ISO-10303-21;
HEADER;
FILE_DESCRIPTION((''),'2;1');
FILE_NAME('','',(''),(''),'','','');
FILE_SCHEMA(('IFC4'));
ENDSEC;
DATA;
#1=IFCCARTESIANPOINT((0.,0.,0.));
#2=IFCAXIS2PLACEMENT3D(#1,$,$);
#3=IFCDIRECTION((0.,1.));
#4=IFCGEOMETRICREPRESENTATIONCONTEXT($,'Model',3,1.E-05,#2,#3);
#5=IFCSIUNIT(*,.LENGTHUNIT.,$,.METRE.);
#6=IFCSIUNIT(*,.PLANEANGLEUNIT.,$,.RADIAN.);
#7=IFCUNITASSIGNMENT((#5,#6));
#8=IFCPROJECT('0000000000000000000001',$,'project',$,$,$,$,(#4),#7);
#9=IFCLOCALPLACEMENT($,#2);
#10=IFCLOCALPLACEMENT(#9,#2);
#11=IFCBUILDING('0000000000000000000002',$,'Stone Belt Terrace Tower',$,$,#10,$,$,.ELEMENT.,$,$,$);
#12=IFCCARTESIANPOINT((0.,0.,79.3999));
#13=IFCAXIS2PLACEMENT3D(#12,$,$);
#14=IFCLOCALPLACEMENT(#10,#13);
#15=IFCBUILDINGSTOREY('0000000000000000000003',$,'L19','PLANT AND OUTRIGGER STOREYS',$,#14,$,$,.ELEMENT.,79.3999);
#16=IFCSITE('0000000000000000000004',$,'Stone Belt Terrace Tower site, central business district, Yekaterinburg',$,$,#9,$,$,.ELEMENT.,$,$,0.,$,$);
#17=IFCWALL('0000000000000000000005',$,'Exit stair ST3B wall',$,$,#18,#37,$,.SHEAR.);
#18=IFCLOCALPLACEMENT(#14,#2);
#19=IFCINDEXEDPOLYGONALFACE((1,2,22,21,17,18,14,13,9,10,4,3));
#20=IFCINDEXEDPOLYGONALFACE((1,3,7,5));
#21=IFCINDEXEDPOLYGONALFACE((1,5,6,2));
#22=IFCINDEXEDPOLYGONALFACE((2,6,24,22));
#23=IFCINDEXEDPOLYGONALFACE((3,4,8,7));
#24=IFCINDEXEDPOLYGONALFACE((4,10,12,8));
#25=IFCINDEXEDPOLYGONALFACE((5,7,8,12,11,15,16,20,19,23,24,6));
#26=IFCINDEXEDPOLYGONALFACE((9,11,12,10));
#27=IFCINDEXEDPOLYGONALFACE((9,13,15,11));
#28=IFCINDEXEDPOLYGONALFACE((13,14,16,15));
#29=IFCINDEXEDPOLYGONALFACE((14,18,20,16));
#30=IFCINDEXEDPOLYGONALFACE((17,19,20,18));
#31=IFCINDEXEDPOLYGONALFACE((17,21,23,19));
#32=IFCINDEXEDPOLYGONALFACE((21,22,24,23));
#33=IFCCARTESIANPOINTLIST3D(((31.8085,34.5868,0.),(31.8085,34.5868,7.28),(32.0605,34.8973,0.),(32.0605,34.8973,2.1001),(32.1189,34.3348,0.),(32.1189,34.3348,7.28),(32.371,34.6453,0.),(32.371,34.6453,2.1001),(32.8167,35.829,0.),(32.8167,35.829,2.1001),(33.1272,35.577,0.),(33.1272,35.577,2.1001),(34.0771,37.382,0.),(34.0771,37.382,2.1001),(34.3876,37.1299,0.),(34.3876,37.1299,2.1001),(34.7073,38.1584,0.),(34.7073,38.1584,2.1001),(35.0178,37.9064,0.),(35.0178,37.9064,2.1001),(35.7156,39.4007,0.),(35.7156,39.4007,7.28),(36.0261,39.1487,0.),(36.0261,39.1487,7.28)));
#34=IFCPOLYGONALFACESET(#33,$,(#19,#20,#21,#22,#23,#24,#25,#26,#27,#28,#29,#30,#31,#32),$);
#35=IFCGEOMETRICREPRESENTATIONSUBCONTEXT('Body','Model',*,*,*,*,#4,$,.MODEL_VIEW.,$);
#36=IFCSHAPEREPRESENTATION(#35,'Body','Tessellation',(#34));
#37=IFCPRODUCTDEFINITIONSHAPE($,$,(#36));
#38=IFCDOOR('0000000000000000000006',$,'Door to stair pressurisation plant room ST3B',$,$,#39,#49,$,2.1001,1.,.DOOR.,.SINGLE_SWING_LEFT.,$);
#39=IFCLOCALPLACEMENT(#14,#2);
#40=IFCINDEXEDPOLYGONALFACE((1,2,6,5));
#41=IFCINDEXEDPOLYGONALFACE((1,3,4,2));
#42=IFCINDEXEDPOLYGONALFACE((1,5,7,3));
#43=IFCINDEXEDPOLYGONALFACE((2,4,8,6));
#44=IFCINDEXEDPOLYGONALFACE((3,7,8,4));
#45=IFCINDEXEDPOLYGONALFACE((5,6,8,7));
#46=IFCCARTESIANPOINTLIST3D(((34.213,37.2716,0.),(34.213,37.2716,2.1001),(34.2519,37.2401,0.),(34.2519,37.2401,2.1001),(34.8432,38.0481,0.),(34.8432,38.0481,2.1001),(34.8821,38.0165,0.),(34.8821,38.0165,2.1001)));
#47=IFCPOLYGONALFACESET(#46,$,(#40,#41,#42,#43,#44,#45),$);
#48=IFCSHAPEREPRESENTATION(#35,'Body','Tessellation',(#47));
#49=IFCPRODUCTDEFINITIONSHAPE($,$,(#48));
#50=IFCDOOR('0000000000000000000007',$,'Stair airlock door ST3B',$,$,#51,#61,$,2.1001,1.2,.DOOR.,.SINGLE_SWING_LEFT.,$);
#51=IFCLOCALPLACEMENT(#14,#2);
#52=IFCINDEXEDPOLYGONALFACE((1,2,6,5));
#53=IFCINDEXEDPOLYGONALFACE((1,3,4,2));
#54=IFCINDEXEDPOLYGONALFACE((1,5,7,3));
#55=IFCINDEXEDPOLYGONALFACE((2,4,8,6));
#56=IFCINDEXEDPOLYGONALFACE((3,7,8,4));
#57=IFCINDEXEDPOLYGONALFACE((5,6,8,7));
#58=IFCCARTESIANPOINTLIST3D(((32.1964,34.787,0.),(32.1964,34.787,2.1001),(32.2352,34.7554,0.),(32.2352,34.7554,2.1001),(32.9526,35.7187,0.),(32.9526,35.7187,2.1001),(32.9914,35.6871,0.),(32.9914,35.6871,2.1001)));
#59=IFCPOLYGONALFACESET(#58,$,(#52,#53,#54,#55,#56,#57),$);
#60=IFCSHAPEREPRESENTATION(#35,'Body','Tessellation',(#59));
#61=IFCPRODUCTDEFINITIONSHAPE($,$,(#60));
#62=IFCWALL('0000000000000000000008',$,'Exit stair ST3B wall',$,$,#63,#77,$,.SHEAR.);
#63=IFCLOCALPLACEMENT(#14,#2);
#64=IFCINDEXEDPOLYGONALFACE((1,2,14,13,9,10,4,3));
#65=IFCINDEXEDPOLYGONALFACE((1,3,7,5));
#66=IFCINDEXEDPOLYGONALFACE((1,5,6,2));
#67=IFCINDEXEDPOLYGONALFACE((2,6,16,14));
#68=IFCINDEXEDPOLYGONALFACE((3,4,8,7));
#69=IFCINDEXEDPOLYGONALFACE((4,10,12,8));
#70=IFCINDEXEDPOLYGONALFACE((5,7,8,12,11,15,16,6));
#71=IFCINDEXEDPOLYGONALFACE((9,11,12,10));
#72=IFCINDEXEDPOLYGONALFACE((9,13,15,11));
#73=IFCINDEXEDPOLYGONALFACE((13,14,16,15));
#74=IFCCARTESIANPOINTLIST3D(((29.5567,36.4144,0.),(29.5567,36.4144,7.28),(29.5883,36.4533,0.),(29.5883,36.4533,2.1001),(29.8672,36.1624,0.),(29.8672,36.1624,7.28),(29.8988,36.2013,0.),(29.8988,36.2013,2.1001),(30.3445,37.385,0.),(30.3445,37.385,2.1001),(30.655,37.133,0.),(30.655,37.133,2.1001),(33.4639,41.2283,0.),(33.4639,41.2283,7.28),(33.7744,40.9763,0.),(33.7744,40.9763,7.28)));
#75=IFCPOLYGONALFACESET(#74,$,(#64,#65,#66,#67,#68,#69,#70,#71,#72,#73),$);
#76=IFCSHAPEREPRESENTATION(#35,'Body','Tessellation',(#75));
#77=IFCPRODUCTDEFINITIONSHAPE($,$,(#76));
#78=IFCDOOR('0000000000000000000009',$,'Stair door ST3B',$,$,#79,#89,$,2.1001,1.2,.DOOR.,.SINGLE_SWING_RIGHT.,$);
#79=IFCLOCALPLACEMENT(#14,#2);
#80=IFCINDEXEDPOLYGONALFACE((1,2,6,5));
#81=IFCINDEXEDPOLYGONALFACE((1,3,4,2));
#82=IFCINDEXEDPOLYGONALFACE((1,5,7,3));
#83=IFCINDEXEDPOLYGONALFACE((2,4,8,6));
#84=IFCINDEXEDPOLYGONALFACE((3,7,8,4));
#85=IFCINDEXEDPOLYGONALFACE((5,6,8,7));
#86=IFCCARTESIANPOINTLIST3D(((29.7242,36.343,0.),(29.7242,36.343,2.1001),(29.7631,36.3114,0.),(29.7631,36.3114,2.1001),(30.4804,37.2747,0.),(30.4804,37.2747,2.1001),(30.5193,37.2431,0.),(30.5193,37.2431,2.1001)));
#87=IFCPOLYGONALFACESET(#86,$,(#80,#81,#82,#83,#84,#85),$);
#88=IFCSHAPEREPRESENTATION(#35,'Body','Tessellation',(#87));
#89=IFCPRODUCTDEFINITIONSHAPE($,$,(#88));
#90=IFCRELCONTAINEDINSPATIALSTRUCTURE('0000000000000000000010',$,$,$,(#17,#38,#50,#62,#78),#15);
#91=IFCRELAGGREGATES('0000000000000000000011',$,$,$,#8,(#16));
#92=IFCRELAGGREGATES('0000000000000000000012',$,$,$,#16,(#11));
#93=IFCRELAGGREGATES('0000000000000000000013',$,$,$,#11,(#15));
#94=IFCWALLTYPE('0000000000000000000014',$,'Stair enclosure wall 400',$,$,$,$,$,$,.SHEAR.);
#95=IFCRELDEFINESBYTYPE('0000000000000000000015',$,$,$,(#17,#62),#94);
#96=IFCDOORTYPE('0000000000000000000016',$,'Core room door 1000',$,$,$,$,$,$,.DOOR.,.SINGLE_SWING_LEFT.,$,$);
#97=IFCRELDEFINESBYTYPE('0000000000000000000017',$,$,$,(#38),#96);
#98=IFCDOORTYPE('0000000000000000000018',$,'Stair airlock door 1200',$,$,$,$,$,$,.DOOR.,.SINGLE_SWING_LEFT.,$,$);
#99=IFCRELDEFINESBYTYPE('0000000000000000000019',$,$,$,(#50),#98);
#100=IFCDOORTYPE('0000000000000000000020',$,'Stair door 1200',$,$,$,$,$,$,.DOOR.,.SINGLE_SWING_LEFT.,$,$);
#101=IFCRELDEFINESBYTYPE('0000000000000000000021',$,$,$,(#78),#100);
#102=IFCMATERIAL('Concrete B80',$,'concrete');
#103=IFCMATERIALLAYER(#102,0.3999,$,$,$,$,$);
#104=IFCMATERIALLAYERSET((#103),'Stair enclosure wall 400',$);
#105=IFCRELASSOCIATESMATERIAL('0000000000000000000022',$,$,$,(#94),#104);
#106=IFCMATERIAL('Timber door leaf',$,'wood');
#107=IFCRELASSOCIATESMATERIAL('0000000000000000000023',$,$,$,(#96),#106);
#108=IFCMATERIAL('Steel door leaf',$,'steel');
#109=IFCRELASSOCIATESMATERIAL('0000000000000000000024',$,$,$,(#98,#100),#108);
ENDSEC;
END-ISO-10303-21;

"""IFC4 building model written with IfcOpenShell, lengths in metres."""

from ifc_helpers import new_model, si_unit, direction, frame, frame_2d, origin, place, context, subcontext, project, spatial, rectangle, extrude, material, layer, layer_set, type_object, element, fill, save


model = new_model("IFC4")

# Units and contexts
model_context = context("Model", 3, precision=1e-05, world=origin(), true_north=direction((0.0, 1.0)))
body_context = subcontext(model_context, "Body", "Model", "MODEL_VIEW")
ifc_project = project(units=[si_unit("LENGTHUNIT", "METRE"), si_unit("PLANEANGLEUNIT", "RADIAN")], contexts=[model_context])

# Site, building, storey
site_placement = place(None, origin())
site = spatial("IfcSite", under=ifc_project, at=site_placement, Name="Stone Belt Terrace Tower site, central business district, Yekaterinburg", CompositionType="ELEMENT", RefElevation=0.0)
building_placement = place(site_placement, origin())
building = spatial("IfcBuilding", under=site, at=building_placement, Name="Stone Belt Terrace Tower", CompositionType="ELEMENT")
storey_placement = place(building_placement, frame((0.0, 0.0, 79.3999)))
storey = spatial("IfcBuildingStorey", under=building, at=storey_placement, Name="L19", Description="PLANT AND OUTRIGGER STOREYS", CompositionType="ELEMENT", Elevation=79.3999)

# Shared definitions
ifc_material_1 = material(Name="Concrete B80", Category="concrete")

# Wall, openings, doors
ifc_layer_1 = layer(ifc_material_1, 0.3999)
ifc_layer_set_1 = layer_set([ifc_layer_1], Name="Stair enclosure wall 400")
wall_type_1 = type_object("IfcWallType", Name="Stair enclosure wall 400", PredefinedType="SHEAR", material=ifc_layer_set_1)
wall_1_placement = place(storey_placement, frame((31.9636, 34.4607, 0.0), z_axis=(0.0, 0.0, 1.0), x_axis=(0.630192, 0.776439, 0.0)))
wall_1 = element("IfcWall", 1, at=wall_1_placement, inside=storey, type_object=wall_type_1, Name="Exit stair ST3B wall", PredefinedType="SHEAR", context=body_context, shape_type="SweptSolid", body=[
    extrude(rectangle(XDim=6.2, YDim=0.3999, at=frame_2d((3.1001, 0.0))), origin(), (0.0, 0.0, 1.0), 7.28),
])
opening_1_placement = place(wall_1_placement, frame((0.3999, 0.0, 0.0)))
opening_1 = element("IfcOpeningElement", 2, at=opening_1_placement, cuts=wall_1, PredefinedType="OPENING", context=body_context, shape_type="SweptSolid", body=[
    extrude(rectangle(XDim=1.2, YDim=2.1001, at=frame_2d((0.6001, 1.05))), frame((0.0, 0.21, 0.0), z_axis=(0.0, -1.0, 0.0), x_axis=(1.0, 0.0, 0.0)), (0.0, 0.0, 1.0), 0.4199),
])
opening_2_placement = place(wall_1_placement, frame((3.6001, 0.0, 0.0)))
opening_2 = element("IfcOpeningElement", 3, at=opening_2_placement, cuts=wall_1, PredefinedType="OPENING", context=body_context, shape_type="SweptSolid", body=[
    extrude(rectangle(XDim=1.0, YDim=2.1001, at=frame_2d((0.5, 1.05))), frame((0.0, 0.21, 0.0), z_axis=(0.0, -1.0, 0.0), x_axis=(1.0, 0.0, 0.0)), (0.0, 0.0, 1.0), 0.4199),
])
ifc_material_2 = material(Name="Timber door leaf", Category="wood")
door_type_1 = type_object("IfcDoorType", Name="Core room door 1000", OperationType="SINGLE_SWING_LEFT", PredefinedType="DOOR", material=ifc_material_2)
door_1_placement = place(opening_2_placement, origin())
door_1 = element("IfcDoor", 4, at=door_1_placement, inside=storey, type_object=door_type_1, Name="Door to stair pressurisation plant room ST3B", OperationType="SINGLE_SWING_LEFT", OverallHeight=2.1001, OverallWidth=1.0, PredefinedType="DOOR", context=body_context, shape_type="SweptSolid", body=[
    extrude(rectangle(XDim=1.0, YDim=2.1001, at=frame_2d((0.5, 1.05))), frame((0.0, 0.0249, 0.0), z_axis=(0.0, -1.0, 0.0), x_axis=(1.0, 0.0, 0.0)), (0.0, 0.0, 1.0), 0.05),
])
fill(opening_2, door_1)
ifc_material_3 = material(Name="Steel door leaf", Category="steel")
door_type_2 = type_object("IfcDoorType", Name="Stair airlock door 1200", OperationType="SINGLE_SWING_LEFT", PredefinedType="DOOR", material=ifc_material_3)
door_2_placement = place(opening_1_placement, origin())
door_2 = element("IfcDoor", 5, at=door_2_placement, inside=storey, type_object=door_type_2, Name="Stair airlock door ST3B", OperationType="SINGLE_SWING_LEFT", OverallHeight=2.1001, OverallWidth=1.2, PredefinedType="DOOR", context=body_context, shape_type="SweptSolid", body=[
    extrude(rectangle(XDim=1.2, YDim=2.1001, at=frame_2d((0.6001, 1.05))), frame((0.0, 0.0249, 0.0), z_axis=(0.0, -1.0, 0.0), x_axis=(1.0, 0.0, 0.0)), (0.0, 0.0, 1.0), 0.05),
])
fill(opening_1, door_2)

# Wall, opening, door
wall_2_placement = place(storey_placement, frame((29.7119, 36.2883, 0.0), z_axis=(0.0, 0.0, 1.0), x_axis=(0.630192, 0.776439, 0.0)))
wall_2 = element("IfcWall", 6, at=wall_2_placement, inside=storey, type_object=wall_type_1, Name="Exit stair ST3B wall", PredefinedType="SHEAR", context=body_context, shape_type="SweptSolid", body=[
    extrude(rectangle(XDim=6.2, YDim=0.3999, at=frame_2d((3.1001, 0.0))), origin(), (0.0, 0.0, 1.0), 7.28),
])
opening_3_placement = place(wall_2_placement, frame((0.05, 0.0, 0.0)))
opening_3 = element("IfcOpeningElement", 7, at=opening_3_placement, cuts=wall_2, PredefinedType="OPENING", context=body_context, shape_type="SweptSolid", body=[
    extrude(rectangle(XDim=1.2, YDim=2.1001, at=frame_2d((0.6001, 1.05))), frame((0.0, 0.21, 0.0), z_axis=(0.0, -1.0, 0.0), x_axis=(1.0, 0.0, 0.0)), (0.0, 0.0, 1.0), 0.4199),
])
door_type_3 = type_object("IfcDoorType", Name="Stair door 1200", OperationType="SINGLE_SWING_LEFT", PredefinedType="DOOR", material=ifc_material_3)
door_3_placement = place(opening_3_placement, origin())
door_3 = element("IfcDoor", 8, at=door_3_placement, inside=storey, type_object=door_type_3, Name="Stair door ST3B", OperationType="SINGLE_SWING_RIGHT", OverallHeight=2.1001, OverallWidth=1.2, PredefinedType="DOOR", context=body_context, shape_type="SweptSolid", body=[
    extrude(rectangle(XDim=1.2, YDim=2.1001, at=frame_2d((0.6001, 1.05))), frame((0.0, 0.0249, 0.0), z_axis=(0.0, -1.0, 0.0), x_axis=(1.0, 0.0, 0.0)), (0.0, 0.0, 1.0), 0.05),
])
fill(opening_3, door_3)

save(model, "model.ifc")
